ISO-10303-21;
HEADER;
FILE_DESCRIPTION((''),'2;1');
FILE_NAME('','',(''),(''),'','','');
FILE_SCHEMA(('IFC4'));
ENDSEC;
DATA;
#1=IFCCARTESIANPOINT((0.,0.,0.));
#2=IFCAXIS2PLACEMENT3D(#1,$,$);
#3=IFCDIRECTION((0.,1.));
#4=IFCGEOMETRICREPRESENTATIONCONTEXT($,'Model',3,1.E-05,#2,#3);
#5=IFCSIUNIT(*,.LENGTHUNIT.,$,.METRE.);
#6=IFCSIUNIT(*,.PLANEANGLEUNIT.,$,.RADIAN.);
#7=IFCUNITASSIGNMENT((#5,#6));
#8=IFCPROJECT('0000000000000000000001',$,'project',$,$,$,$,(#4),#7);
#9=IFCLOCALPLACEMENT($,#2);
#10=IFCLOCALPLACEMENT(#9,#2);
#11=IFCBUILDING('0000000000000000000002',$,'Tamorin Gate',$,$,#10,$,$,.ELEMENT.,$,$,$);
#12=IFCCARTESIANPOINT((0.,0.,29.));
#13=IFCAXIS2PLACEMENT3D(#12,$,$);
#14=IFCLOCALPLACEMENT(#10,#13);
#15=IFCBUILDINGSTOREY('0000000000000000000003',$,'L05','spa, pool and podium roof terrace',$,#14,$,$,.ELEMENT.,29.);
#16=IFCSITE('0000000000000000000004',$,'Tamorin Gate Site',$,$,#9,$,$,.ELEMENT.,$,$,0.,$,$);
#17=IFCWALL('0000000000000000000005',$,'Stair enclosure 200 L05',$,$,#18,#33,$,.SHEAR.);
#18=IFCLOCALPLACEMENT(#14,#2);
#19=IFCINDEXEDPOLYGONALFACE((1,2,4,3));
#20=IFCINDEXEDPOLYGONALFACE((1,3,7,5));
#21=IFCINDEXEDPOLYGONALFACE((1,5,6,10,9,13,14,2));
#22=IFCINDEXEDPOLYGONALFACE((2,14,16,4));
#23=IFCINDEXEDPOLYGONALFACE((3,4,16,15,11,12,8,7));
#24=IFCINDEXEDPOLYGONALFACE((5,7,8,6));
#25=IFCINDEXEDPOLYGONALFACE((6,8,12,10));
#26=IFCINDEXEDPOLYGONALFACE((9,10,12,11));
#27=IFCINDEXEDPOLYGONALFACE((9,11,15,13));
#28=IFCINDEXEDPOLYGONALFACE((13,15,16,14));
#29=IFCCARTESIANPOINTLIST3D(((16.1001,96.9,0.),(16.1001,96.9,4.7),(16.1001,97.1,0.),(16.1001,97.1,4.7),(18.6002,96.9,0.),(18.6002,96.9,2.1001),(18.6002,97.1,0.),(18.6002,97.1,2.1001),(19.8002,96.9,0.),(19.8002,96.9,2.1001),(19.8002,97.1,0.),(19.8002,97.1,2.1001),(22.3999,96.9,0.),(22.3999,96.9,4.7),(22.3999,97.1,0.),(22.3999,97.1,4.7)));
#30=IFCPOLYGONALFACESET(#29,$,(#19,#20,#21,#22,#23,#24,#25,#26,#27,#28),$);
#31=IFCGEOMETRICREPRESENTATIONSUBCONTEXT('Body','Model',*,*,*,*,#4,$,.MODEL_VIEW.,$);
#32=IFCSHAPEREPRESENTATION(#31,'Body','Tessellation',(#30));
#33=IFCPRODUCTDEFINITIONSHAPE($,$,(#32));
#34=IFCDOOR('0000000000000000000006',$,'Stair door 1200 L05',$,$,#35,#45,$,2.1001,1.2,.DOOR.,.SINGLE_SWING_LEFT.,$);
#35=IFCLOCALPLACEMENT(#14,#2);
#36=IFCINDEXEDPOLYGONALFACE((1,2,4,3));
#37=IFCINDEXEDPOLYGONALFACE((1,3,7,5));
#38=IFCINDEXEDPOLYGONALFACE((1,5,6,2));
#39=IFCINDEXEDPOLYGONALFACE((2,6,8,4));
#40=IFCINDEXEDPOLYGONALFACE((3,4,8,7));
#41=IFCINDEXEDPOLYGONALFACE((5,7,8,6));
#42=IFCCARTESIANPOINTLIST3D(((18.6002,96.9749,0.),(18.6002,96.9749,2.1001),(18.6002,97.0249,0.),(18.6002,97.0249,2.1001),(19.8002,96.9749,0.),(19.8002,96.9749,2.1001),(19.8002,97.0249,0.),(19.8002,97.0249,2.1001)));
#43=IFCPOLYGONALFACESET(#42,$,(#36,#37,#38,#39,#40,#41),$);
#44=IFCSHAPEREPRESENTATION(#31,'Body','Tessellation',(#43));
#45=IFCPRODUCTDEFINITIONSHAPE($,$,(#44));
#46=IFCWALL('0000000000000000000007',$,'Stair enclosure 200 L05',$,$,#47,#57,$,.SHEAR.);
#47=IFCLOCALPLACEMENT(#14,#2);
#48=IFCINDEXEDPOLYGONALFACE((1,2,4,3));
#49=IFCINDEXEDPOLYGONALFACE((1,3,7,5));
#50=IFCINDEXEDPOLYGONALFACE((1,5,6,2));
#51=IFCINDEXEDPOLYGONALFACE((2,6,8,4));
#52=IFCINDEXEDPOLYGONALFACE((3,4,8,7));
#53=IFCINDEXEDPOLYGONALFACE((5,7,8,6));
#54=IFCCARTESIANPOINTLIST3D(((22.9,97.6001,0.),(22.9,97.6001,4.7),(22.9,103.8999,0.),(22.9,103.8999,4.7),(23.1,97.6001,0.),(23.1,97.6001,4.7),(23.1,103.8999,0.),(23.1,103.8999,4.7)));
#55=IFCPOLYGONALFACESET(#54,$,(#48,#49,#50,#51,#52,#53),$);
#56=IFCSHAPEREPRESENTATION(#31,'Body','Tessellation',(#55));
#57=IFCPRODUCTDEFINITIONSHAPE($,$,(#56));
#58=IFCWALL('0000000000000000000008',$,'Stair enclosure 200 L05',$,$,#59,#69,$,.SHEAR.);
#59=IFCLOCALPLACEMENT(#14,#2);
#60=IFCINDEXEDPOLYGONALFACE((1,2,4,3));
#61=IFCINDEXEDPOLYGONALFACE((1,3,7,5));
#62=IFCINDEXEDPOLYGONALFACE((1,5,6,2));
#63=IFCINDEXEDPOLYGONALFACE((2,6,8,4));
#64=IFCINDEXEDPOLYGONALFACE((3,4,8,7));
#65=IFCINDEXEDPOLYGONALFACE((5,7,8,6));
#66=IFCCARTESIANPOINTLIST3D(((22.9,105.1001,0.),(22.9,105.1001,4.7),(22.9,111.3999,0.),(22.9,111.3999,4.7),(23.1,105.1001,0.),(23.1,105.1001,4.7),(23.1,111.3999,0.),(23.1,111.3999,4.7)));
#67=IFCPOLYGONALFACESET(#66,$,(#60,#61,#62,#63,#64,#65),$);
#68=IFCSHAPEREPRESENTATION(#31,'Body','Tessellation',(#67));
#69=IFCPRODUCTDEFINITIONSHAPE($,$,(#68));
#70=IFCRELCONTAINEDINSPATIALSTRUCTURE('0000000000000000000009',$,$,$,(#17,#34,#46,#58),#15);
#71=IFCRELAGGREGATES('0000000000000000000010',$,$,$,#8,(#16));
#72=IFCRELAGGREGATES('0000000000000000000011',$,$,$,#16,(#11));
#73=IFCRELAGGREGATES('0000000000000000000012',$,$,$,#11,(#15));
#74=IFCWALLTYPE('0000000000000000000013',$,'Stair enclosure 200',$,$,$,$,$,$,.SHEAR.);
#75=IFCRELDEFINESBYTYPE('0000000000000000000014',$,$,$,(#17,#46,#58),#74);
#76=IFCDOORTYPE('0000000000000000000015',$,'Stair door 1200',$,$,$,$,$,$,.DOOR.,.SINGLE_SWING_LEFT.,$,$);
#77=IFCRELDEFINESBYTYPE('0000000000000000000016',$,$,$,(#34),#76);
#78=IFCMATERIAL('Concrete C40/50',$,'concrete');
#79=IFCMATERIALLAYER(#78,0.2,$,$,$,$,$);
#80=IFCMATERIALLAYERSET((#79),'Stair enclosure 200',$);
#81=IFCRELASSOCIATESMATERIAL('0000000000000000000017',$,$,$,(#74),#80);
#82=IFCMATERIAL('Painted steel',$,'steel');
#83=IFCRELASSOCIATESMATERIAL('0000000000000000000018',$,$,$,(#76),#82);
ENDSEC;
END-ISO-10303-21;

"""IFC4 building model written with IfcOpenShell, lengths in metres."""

from ifc_helpers import new_model, si_unit, direction, frame, frame_2d, origin, place, context, subcontext, project, spatial, rectangle, extrude, material, layer, layer_set, type_object, element, fill, save


model = new_model("IFC4")

# Units and contexts
model_context = context("Model", 3, precision=1e-05, world=origin(), true_north=direction((0.0, 1.0)))
body_context = subcontext(model_context, "Body", "Model", "MODEL_VIEW")
ifc_project = project(units=[si_unit("LENGTHUNIT", "METRE"), si_unit("PLANEANGLEUNIT", "RADIAN")], contexts=[model_context])

# Site, building, storey
site_placement = place(None, origin())
site = spatial("IfcSite", under=ifc_project, at=site_placement, Name="Tamorin Gate Site", CompositionType="ELEMENT", RefElevation=0.0)
building_placement = place(site_placement, origin())
building = spatial("IfcBuilding", under=site, at=building_placement, Name="Tamorin Gate", CompositionType="ELEMENT")
storey_placement = place(building_placement, frame((0.0, 0.0, 29.0)))
storey = spatial("IfcBuildingStorey", under=building, at=storey_placement, Name="L05", Description="spa, pool and podium roof terrace", CompositionType="ELEMENT", Elevation=29.0)

# Wall, opening, door
ifc_material_1 = material(Name="Concrete C40/50", Category="concrete")
ifc_layer_1 = layer(ifc_material_1, 0.2)
ifc_layer_set_1 = layer_set([ifc_layer_1], Name="Stair enclosure 200")
wall_type_1 = type_object("IfcWallType", Name="Stair enclosure 200", PredefinedType="SHEAR", material=ifc_layer_set_1)
wall_1_placement = place(storey_placement, frame((16.1001, 97.0, 0.0), z_axis=(0.0, 0.0, 1.0), x_axis=(1.0, 0.0, 0.0)))
wall_1 = element("IfcWall", 1, at=wall_1_placement, inside=storey, type_object=wall_type_1, Name="Stair enclosure 200 L05", PredefinedType="SHEAR", context=body_context, shape_type="SweptSolid", body=[
    extrude(rectangle(XDim=6.2998, YDim=0.2, at=frame_2d((3.1499, 0.0))), origin(), (0.0, 0.0, 1.0), 4.7),
])
opening_1_placement = place(wall_1_placement, frame((2.5, 0.0, 0.0)))
opening_1 = element("IfcOpeningElement", 2, at=opening_1_placement, cuts=wall_1, PredefinedType="OPENING", context=body_context, shape_type="SweptSolid", body=[
    extrude(rectangle(XDim=1.2, YDim=2.1001, at=frame_2d((0.6001, 1.05))), frame((0.0, 0.1099, 0.0), z_axis=(0.0, -1.0, 0.0), x_axis=(1.0, 0.0, 0.0)), (0.0, 0.0, 1.0), 0.22),
])
ifc_material_2 = material(Name="Painted steel", Category="steel")
door_type = type_object("IfcDoorType", Name="Stair door 1200", OperationType="SINGLE_SWING_LEFT", PredefinedType="DOOR", material=ifc_material_2)
door_placement = place(opening_1_placement, origin())
door = element("IfcDoor", 3, at=door_placement, inside=storey, type_object=door_type, Name="Stair door 1200 L05", OperationType="SINGLE_SWING_LEFT", OverallHeight=2.1001, OverallWidth=1.2, PredefinedType="DOOR", context=body_context, shape_type="SweptSolid", body=[
    extrude(rectangle(XDim=1.2, YDim=2.1001, at=frame_2d((0.6001, 1.05))), frame((0.0, 0.0249, 0.0), z_axis=(0.0, -1.0, 0.0), x_axis=(1.0, 0.0, 0.0)), (0.0, 0.0, 1.0), 0.05),
])
fill(opening_1, door)

# Walls
for number, where, z_axis, x_axis, name in (
    (4, (23.0, 97.6001, 0.0), (0.0, 0.0, 1.0), (0.0, 1.0, 0.0), "Stair enclosure 200 L05"),
    (5, (23.0, 105.1001, 0.0), (0.0, 0.0, 1.0), (0.0, 1.0, 0.0), "Stair enclosure 200 L05"),
):
    element("IfcWall", number, at=place(storey_placement, frame(where, z_axis=z_axis, x_axis=x_axis)), inside=storey, type_object=wall_type_1, Name=name, PredefinedType="SHEAR", context=body_context, shape_type="SweptSolid", body=[
        extrude(rectangle(XDim=6.2998, YDim=0.2, at=frame_2d((3.1499, 0.0))), origin(), (0.0, 0.0, 1.0), 4.7),
    ])

save(model, "model.ifc")
